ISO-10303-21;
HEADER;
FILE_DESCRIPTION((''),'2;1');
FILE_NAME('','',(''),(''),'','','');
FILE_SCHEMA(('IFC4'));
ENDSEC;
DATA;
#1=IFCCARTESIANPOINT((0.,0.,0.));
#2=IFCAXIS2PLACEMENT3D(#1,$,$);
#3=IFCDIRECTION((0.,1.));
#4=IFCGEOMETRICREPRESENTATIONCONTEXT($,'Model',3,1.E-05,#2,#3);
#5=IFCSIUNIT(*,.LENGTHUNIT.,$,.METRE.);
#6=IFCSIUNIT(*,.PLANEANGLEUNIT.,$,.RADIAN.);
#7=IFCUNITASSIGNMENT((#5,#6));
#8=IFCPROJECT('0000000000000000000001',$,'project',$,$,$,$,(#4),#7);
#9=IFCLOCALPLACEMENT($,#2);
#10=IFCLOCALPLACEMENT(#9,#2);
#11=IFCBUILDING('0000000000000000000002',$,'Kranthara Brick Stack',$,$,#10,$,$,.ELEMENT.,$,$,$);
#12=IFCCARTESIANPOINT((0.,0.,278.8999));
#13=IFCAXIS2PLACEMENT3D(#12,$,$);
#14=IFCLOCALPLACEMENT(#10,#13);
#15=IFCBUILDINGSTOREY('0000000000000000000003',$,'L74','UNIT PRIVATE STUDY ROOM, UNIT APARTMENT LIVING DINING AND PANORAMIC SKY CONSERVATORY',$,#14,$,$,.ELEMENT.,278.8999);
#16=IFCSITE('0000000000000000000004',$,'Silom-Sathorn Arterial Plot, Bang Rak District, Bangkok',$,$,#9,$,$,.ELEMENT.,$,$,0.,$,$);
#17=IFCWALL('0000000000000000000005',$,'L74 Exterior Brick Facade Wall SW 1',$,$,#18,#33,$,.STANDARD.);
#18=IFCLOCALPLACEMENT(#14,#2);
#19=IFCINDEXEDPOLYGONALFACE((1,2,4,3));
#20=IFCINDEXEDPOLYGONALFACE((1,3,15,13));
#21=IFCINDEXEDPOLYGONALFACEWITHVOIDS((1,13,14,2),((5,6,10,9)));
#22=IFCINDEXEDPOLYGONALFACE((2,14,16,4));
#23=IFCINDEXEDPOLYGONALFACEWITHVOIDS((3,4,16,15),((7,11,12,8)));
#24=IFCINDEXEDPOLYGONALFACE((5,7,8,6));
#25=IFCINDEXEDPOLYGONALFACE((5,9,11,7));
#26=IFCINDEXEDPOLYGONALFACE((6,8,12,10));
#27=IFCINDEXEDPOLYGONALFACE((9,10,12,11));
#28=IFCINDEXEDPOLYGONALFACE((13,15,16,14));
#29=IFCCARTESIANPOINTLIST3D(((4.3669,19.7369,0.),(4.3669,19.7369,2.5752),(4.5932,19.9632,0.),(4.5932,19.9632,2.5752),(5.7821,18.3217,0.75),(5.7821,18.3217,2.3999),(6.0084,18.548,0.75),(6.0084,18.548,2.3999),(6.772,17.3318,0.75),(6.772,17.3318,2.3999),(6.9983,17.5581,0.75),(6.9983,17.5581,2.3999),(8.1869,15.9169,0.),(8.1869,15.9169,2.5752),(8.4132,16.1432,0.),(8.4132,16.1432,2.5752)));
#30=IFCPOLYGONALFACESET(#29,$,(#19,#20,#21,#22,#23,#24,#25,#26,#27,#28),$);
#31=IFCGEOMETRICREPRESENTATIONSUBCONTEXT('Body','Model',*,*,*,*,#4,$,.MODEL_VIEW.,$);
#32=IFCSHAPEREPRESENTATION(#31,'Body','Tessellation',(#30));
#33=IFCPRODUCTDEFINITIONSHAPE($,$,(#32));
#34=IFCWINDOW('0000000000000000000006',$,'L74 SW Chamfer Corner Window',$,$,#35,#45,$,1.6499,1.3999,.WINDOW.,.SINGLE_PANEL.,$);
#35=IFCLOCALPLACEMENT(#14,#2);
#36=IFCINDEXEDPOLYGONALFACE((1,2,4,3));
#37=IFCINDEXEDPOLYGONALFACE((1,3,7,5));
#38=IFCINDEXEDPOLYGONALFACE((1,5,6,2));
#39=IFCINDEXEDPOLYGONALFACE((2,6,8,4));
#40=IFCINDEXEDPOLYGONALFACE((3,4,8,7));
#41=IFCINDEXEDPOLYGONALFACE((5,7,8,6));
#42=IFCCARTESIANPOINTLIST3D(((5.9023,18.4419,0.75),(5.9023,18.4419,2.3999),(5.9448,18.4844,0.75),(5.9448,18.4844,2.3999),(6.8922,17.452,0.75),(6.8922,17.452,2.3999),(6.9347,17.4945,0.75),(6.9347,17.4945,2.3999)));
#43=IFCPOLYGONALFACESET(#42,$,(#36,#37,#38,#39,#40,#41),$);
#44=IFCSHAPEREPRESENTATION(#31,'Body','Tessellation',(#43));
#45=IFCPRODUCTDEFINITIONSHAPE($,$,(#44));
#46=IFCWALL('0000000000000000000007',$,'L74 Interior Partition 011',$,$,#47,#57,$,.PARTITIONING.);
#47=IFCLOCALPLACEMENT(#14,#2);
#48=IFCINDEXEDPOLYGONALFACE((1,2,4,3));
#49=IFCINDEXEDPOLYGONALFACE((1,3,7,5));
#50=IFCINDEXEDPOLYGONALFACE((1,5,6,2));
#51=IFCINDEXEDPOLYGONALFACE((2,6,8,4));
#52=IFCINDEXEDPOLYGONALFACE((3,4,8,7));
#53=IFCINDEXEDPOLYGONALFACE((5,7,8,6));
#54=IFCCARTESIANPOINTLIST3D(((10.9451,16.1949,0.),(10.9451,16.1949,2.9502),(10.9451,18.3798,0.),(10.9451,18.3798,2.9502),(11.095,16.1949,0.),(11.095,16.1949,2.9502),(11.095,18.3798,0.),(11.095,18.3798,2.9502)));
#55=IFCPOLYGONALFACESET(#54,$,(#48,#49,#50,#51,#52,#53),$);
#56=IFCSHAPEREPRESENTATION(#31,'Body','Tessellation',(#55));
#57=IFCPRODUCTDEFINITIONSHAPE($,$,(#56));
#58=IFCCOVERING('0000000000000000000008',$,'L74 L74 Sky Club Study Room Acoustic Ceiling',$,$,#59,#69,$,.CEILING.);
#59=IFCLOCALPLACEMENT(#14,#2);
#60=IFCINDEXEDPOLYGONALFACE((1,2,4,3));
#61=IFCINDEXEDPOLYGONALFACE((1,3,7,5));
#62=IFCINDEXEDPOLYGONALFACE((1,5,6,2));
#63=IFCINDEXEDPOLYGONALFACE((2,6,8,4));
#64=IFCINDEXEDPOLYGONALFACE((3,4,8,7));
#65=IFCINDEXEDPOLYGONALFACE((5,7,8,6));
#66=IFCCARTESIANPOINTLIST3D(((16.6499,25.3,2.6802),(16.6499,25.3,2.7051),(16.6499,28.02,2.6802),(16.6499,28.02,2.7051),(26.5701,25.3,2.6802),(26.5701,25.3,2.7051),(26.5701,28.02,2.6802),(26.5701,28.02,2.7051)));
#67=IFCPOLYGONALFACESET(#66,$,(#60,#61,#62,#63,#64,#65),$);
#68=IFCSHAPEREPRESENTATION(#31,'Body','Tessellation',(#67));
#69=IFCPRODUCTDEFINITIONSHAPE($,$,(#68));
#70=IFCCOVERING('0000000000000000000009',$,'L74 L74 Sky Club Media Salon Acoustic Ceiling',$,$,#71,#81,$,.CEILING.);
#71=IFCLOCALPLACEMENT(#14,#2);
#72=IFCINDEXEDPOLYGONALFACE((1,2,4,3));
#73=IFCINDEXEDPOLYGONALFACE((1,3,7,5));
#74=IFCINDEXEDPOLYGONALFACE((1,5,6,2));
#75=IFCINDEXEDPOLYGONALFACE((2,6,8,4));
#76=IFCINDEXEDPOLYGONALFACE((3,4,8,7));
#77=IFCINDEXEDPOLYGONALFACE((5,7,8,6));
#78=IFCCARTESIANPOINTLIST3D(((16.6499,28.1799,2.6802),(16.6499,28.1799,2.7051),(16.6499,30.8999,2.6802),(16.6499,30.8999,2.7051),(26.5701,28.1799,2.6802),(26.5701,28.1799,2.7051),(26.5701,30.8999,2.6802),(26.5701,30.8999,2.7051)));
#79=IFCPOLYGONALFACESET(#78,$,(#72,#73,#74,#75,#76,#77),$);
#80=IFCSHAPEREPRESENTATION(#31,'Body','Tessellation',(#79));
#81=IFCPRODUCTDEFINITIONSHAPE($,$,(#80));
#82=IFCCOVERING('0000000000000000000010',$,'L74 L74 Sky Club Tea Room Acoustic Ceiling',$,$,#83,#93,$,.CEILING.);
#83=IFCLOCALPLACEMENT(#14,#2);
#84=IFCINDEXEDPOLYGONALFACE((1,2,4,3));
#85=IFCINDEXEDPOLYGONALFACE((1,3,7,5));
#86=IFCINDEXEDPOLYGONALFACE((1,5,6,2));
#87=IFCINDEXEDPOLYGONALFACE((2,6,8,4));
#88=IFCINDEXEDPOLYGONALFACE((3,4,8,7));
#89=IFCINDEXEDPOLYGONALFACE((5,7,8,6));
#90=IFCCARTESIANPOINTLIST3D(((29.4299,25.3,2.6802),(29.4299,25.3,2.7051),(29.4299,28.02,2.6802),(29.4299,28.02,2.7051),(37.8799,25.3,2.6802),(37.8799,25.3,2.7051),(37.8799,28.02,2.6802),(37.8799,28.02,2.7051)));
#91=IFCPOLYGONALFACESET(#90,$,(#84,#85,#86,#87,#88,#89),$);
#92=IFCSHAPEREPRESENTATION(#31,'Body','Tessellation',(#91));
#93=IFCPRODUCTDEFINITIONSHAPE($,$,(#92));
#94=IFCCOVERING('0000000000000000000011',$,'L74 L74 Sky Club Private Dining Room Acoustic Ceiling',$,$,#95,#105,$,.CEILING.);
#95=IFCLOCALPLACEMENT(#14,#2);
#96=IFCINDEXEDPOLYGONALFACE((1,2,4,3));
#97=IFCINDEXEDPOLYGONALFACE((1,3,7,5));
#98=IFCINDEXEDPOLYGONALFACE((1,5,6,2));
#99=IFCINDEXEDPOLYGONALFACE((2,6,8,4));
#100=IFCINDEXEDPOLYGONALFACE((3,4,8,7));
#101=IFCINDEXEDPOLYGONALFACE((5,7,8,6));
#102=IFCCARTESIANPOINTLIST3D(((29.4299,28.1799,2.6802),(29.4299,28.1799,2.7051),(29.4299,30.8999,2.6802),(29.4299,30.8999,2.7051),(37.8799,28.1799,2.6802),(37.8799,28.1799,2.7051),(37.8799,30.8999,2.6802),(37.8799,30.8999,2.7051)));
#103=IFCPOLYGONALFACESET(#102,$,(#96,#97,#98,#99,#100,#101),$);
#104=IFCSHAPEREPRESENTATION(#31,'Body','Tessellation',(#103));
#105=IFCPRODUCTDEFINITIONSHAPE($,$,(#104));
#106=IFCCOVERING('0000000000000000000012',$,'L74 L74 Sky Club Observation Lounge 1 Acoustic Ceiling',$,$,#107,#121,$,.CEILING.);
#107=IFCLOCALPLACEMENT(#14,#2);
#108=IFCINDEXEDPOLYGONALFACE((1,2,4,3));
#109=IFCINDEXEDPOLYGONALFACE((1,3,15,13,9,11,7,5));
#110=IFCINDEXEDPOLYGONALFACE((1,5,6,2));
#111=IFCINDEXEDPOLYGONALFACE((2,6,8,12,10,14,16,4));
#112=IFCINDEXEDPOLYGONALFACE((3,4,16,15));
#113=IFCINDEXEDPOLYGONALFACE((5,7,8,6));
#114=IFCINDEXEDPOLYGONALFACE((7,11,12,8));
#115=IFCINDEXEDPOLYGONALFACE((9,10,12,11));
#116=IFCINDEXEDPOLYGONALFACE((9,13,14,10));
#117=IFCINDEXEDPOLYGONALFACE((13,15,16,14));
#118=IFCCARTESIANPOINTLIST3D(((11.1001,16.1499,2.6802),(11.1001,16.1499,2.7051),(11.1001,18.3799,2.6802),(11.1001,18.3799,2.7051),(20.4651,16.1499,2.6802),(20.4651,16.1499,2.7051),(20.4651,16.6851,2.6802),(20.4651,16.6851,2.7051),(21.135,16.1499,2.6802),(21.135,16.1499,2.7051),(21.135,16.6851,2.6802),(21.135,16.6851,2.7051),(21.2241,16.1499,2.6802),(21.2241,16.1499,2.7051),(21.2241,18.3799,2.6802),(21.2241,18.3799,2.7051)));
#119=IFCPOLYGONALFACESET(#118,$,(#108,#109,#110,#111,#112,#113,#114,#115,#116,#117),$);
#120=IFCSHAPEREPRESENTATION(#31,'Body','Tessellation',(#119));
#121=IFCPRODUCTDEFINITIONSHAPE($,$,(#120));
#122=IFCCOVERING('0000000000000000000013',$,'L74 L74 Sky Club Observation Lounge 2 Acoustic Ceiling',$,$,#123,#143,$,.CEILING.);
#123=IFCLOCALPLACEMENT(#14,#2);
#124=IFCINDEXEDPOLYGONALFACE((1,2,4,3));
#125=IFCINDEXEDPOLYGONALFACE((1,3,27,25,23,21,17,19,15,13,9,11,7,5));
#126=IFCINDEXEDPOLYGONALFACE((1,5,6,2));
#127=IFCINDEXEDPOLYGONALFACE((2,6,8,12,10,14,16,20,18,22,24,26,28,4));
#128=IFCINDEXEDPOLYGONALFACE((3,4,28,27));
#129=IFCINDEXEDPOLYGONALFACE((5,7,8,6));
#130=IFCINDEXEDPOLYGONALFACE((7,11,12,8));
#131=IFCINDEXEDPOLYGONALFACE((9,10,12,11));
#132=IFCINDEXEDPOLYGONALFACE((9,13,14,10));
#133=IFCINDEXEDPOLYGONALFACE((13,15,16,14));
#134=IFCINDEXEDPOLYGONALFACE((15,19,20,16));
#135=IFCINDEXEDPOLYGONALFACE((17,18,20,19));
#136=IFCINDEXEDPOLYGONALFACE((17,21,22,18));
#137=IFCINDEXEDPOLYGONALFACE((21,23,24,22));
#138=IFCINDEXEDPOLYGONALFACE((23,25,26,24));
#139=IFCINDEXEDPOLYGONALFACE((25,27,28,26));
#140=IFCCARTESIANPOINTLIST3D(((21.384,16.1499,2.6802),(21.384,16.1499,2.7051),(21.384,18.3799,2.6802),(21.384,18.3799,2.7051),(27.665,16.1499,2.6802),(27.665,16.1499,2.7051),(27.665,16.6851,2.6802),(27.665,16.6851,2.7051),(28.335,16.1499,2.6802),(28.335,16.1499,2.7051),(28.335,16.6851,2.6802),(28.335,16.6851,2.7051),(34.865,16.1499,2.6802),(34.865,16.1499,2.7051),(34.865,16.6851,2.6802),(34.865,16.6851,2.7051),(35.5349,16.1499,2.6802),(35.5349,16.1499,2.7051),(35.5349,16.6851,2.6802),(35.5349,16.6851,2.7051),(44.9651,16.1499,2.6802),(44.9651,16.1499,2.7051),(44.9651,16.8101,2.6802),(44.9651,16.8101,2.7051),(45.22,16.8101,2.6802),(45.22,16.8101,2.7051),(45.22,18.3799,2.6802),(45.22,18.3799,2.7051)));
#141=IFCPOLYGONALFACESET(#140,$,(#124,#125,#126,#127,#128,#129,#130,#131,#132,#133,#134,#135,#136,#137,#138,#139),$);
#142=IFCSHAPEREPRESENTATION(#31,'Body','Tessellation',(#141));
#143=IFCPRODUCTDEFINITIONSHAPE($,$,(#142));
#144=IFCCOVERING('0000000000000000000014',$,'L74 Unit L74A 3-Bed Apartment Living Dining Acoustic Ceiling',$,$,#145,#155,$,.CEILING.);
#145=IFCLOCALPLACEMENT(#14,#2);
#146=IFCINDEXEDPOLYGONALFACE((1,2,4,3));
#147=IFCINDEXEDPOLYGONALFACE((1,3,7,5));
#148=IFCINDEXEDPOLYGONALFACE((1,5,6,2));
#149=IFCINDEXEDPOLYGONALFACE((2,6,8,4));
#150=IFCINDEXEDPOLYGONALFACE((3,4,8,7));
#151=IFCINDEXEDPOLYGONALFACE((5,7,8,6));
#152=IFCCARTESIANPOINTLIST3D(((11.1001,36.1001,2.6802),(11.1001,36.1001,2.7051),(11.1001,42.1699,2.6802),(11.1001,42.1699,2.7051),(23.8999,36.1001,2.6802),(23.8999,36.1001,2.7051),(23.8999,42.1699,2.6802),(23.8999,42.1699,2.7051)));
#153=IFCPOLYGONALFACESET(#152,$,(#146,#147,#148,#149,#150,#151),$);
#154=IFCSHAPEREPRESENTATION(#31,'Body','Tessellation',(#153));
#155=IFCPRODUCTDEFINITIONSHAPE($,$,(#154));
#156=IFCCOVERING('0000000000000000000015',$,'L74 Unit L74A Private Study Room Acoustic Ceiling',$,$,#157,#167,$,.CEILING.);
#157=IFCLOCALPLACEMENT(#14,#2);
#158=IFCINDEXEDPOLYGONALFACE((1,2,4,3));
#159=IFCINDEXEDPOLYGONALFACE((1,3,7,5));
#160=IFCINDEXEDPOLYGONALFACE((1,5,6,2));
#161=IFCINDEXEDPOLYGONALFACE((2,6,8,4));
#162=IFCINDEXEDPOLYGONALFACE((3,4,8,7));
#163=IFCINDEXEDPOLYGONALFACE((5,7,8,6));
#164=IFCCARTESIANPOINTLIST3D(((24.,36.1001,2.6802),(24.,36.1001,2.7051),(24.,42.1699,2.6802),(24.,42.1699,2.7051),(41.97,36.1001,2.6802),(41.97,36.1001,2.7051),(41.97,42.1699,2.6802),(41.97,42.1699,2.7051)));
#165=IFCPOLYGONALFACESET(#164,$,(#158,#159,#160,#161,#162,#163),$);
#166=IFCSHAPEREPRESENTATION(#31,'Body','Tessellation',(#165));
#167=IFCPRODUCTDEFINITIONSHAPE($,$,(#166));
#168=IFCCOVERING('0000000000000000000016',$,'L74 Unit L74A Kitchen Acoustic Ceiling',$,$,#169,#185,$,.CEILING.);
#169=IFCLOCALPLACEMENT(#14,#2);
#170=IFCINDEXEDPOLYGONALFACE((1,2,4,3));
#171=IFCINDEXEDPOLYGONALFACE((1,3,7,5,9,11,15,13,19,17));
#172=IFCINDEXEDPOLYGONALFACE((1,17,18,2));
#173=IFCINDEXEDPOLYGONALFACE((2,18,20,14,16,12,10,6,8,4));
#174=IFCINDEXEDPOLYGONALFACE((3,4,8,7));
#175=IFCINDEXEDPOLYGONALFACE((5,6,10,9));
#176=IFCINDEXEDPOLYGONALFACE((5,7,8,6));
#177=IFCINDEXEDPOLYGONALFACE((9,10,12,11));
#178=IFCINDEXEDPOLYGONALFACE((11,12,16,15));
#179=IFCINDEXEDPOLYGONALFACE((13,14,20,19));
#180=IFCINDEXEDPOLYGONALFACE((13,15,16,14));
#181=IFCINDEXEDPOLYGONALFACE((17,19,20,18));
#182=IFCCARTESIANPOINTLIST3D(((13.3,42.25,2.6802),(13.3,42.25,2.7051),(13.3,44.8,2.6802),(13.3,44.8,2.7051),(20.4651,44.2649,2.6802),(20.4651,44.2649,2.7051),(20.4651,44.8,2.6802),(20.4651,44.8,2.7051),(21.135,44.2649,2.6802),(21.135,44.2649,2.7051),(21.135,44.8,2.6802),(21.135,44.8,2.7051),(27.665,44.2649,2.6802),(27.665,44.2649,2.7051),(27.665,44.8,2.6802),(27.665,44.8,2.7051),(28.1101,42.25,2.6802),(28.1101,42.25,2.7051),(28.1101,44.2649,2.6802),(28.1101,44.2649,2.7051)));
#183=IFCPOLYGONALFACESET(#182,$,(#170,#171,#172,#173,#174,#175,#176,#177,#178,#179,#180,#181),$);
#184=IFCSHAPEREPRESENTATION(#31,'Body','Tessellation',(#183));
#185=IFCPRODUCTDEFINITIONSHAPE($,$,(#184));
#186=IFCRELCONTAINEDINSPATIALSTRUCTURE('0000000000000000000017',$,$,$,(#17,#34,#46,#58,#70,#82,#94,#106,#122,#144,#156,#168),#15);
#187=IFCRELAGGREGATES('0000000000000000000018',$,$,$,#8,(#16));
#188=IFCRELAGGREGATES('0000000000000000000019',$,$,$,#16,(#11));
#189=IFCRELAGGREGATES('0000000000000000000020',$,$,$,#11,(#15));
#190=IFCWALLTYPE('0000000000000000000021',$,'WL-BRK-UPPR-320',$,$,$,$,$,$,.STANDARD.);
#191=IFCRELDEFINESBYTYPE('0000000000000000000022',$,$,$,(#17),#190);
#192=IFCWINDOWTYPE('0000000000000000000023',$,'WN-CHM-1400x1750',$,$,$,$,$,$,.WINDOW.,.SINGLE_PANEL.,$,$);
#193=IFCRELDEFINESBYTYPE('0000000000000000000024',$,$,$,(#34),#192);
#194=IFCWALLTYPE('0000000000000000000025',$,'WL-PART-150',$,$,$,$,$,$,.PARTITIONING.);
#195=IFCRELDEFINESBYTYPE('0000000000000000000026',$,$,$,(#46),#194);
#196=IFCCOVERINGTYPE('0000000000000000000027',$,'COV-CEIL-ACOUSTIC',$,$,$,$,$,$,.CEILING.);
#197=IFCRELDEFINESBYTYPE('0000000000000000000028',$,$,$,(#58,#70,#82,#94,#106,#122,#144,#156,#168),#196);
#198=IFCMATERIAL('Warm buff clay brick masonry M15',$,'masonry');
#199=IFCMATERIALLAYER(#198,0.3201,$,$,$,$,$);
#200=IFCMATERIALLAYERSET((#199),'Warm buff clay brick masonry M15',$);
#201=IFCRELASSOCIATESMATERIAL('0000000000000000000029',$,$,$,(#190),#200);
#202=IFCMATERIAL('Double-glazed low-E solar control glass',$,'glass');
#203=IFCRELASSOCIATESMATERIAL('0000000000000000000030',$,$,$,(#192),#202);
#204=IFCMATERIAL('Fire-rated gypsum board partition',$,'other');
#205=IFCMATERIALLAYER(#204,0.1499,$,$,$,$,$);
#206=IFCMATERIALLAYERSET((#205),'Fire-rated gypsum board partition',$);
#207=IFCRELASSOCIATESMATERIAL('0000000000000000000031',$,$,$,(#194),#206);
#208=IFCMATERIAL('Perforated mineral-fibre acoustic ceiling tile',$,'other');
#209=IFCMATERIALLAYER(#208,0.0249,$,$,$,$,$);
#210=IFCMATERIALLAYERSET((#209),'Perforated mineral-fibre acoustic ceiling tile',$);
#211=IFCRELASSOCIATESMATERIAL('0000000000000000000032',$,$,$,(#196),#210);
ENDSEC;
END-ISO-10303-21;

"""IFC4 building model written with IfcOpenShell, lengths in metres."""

from ifc_helpers import new_model, si_unit, direction, frame, frame_2d, origin, place, context, subcontext, project, spatial, polyline, rectangle, outline, extrude, material, layer, layer_set, type_object, element, fill, save


model = new_model("IFC4")

# Units and contexts
model_context = context("Model", 3, precision=1e-05, world=origin(), true_north=direction((0.0, 1.0)))
body_context = subcontext(model_context, "Body", "Model", "MODEL_VIEW")
ifc_project = project(units=[si_unit("LENGTHUNIT", "METRE"), si_unit("PLANEANGLEUNIT", "RADIAN")], contexts=[model_context])

# Site, building, storey
site_placement = place(None, origin())
site = spatial("IfcSite", under=ifc_project, at=site_placement, Name="Silom-Sathorn Arterial Plot, Bang Rak District, Bangkok", CompositionType="ELEMENT", RefElevation=0.0)
building_placement = place(site_placement, origin())
building = spatial("IfcBuilding", under=site, at=building_placement, Name="Kranthara Brick Stack", CompositionType="ELEMENT")
storey_placement = place(building_placement, frame((0.0, 0.0, 278.8999)))
storey = spatial("IfcBuildingStorey", under=building, at=storey_placement, Name="L74", Description="UNIT PRIVATE STUDY ROOM, UNIT APARTMENT LIVING DINING AND PANORAMIC SKY CONSERVATORY", CompositionType="ELEMENT", Elevation=278.8999)

# Wall, opening, window
ifc_material_1 = material(Name="Warm buff clay brick masonry M15", Category="masonry")
ifc_layer_1 = layer(ifc_material_1, 0.3201)
ifc_layer_set_1 = layer_set([ifc_layer_1], Name="Warm buff clay brick masonry M15")
wall_type_1 = type_object("IfcWallType", Name="WL-BRK-UPPR-320", PredefinedType="STANDARD", material=ifc_layer_set_1)
wall_1_placement = place(storey_placement, frame((8.3, 16.03, 0.0), z_axis=(0.0, 0.0, 1.0), x_axis=(-0.707107, 0.707107, 0.0)))
wall_1 = element("IfcWall", 1, at=wall_1_placement, inside=storey, type_object=wall_type_1, Name="L74 Exterior Brick Facade Wall SW 1", PredefinedType="STANDARD", context=body_context, shape_type="SweptSolid", body=[
    extrude(rectangle(XDim=5.4023, YDim=0.3201, at=frame_2d((2.7012, 0.0))), origin(), (0.0, 0.0, 1.0), 2.5752),
])
opening_placement = place(wall_1_placement, frame((2.001, 0.0, 0.75)))
opening = element("IfcOpeningElement", 2, at=opening_placement, cuts=wall_1, PredefinedType="OPENING", context=body_context, shape_type="SweptSolid", body=[
    extrude(rectangle(XDim=1.3999, YDim=1.6499, at=frame_2d((0.7, 0.825))), frame((0.0, 0.1699, 0.0), z_axis=(0.0, -1.0, 0.0), x_axis=(1.0, 0.0, 0.0)), (0.0, 0.0, 1.0), 0.3401),
])
ifc_material_2 = material(Name="Double-glazed low-E solar control glass", Category="glass")
window_type = type_object("IfcWindowType", Name="WN-CHM-1400x1750", PartitioningType="SINGLE_PANEL", PredefinedType="WINDOW", material=ifc_material_2)
window_placement = place(opening_placement, origin())
window = element("IfcWindow", 3, at=window_placement, inside=storey, type_object=window_type, Name="L74 SW Chamfer Corner Window", OverallHeight=1.6499, OverallWidth=1.3999, PartitioningType="SINGLE_PANEL", PredefinedType="WINDOW", context=body_context, shape_type="SweptSolid", body=[
    extrude(rectangle(XDim=1.3999, YDim=1.6499, at=frame_2d((0.7, 0.825))), frame((0.0, -0.01, 0.0), z_axis=(0.0, -1.0, 0.0), x_axis=(1.0, 0.0, 0.0)), (0.0, 0.0, 1.0), 0.0601),
])
fill(opening, window)

# Wall
ifc_material_3 = material(Name="Fire-rated gypsum board partition", Category="other")
ifc_layer_2 = layer(ifc_material_3, 0.1499)
ifc_layer_set_2 = layer_set([ifc_layer_2], Name="Fire-rated gypsum board partition")
wall_type_2 = type_object("IfcWallType", Name="WL-PART-150", PredefinedType="PARTITIONING", material=ifc_layer_set_2)
wall_2_placement = place(storey_placement, frame((11.02, 16.1951, 0.0), z_axis=(0.0, 0.0, 1.0), x_axis=(0.0, 1.0, 0.0)))
element("IfcWall", 4, at=wall_2_placement, inside=storey, type_object=wall_type_2, Name="L74 Interior Partition 011", PredefinedType="PARTITIONING", context=body_context, shape_type="SweptSolid", body=[
    extrude(rectangle(XDim=2.1848, YDim=0.1499, at=frame_2d((1.0923, 0.0))), origin(), (0.0, 0.0, 1.0), 2.9502),
])

# Coverings
ifc_material_4 = material(Name="Perforated mineral-fibre acoustic ceiling tile", Category="other")
ifc_layer_3 = layer(ifc_material_4, 0.0249)
ifc_layer_set_3 = layer_set([ifc_layer_3], Name="Perforated mineral-fibre acoustic ceiling tile")
covering_type_1 = type_object("IfcCoveringType", Name="COV-CEIL-ACOUSTIC", PredefinedType="CEILING", material=ifc_layer_set_3)
covering_1_placement = place(storey_placement, frame((0.0, 0.0, 2.6802)))
element("IfcCovering", 5, at=covering_1_placement, inside=storey, type_object=covering_type_1, Name="L74 L74 Sky Club Study Room Acoustic Ceiling", PredefinedType="CEILING", context=body_context, shape_type="SweptSolid", body=[
    extrude(outline(polyline([(26.5701, 25.3), (26.5701, 28.02), (16.6499, 28.02), (16.6499, 25.3), (26.5701, 25.3)])), origin(), (0.0, 0.0, 1.0), 0.0249),
])
covering_2_placement = place(storey_placement, frame((0.0, 0.0, 2.6802)))
element("IfcCovering", 6, at=covering_2_placement, inside=storey, type_object=covering_type_1, Name="L74 L74 Sky Club Media Salon Acoustic Ceiling", PredefinedType="CEILING", context=body_context, shape_type="SweptSolid", body=[
    extrude(outline(polyline([(26.5701, 28.1799), (26.5701, 30.8999), (16.6499, 30.8999), (16.6499, 28.1799), (26.5701, 28.1799)])), origin(), (0.0, 0.0, 1.0), 0.0249),
])
covering_3_placement = place(storey_placement, frame((0.0, 0.0, 2.6802)))
element("IfcCovering", 7, at=covering_3_placement, inside=storey, type_object=covering_type_1, Name="L74 L74 Sky Club Tea Room Acoustic Ceiling", PredefinedType="CEILING", context=body_context, shape_type="SweptSolid", body=[
    extrude(outline(polyline([(37.8799, 25.3), (37.8799, 28.02), (29.4299, 28.02), (29.4299, 25.3), (37.8799, 25.3)])), origin(), (0.0, 0.0, 1.0), 0.0249),
])
covering_4_placement = place(storey_placement, frame((0.0, 0.0, 2.6802)))
element("IfcCovering", 8, at=covering_4_placement, inside=storey, type_object=covering_type_1, Name="L74 L74 Sky Club Private Dining Room Acoustic Ceiling", PredefinedType="CEILING", context=body_context, shape_type="SweptSolid", body=[
    extrude(outline(polyline([(37.8799, 28.1799), (37.8799, 30.8999), (29.4299, 30.8999), (29.4299, 28.1799), (37.8799, 28.1799)])), origin(), (0.0, 0.0, 1.0), 0.0249),
])
covering_5_placement = place(storey_placement, frame((0.0, 0.0, 2.6802)))
element("IfcCovering", 9, at=covering_5_placement, inside=storey, type_object=covering_type_1, Name="L74 L74 Sky Club Observation Lounge 1 Acoustic Ceiling", PredefinedType="CEILING", context=body_context, shape_type="SweptSolid", body=[
    extrude(outline(polyline([(11.1001, 16.1499), (11.1001, 18.3799), (21.2241, 18.3799), (21.2241, 16.1499), (21.135, 16.1499), (21.135, 16.6851), (20.4651, 16.6851), (20.4651, 16.1499), (11.1001, 16.1499)])), origin(), (0.0, 0.0, 1.0), 0.0249),
])
covering_6_placement = place(storey_placement, frame((0.0, 0.0, 2.6802)))
element("IfcCovering", 10, at=covering_6_placement, inside=storey, type_object=covering_type_1, Name="L74 L74 Sky Club Observation Lounge 2 Acoustic Ceiling", PredefinedType="CEILING", context=body_context, shape_type="SweptSolid", body=[
    extrude(outline(polyline([(45.22, 18.3799), (45.22, 16.8101), (44.9651, 16.8101), (44.9651, 16.1499), (35.5349, 16.1499), (35.5349, 16.6851), (34.865, 16.6851), (34.865, 16.1499), (28.335, 16.1499), (28.335, 16.6851), (27.665, 16.6851), (27.665, 16.1499), (21.384, 16.1499), (21.384, 18.3799), (45.22, 18.3799)])), origin(), (0.0, 0.0, 1.0), 0.0249),
])
covering_7_placement = place(storey_placement, frame((0.0, 0.0, 2.6802)))
element("IfcCovering", 11, at=covering_7_placement, inside=storey, type_object=covering_type_1, Name="L74 Unit L74A 3-Bed Apartment Living Dining Acoustic Ceiling", PredefinedType="CEILING", context=body_context, shape_type="SweptSolid", body=[
    extrude(outline(polyline([(23.8999, 36.1001), (23.8999, 42.1699), (11.1001, 42.1699), (11.1001, 36.1001), (23.8999, 36.1001)])), origin(), (0.0, 0.0, 1.0), 0.0249),
])
covering_8_placement = place(storey_placement, frame((0.0, 0.0, 2.6802)))
element("IfcCovering", 12, at=covering_8_placement, inside=storey, type_object=covering_type_1, Name="L74 Unit L74A Private Study Room Acoustic Ceiling", PredefinedType="CEILING", context=body_context, shape_type="SweptSolid", body=[
    extrude(outline(polyline([(41.97, 36.1001), (41.97, 42.1699), (24.0, 42.1699), (24.0, 36.1001), (41.97, 36.1001)])), origin(), (0.0, 0.0, 1.0), 0.0249),
])
covering_9_placement = place(storey_placement, frame((0.0, 0.0, 2.6802)))
element("IfcCovering", 13, at=covering_9_placement, inside=storey, type_object=covering_type_1, Name="L74 Unit L74A Kitchen Acoustic Ceiling", PredefinedType="CEILING", context=body_context, shape_type="SweptSolid", body=[
    extrude(outline(polyline([(28.1101, 42.25), (13.3, 42.25), (13.3, 44.8), (20.4651, 44.8), (20.4651, 44.2649), (21.135, 44.2649), (21.135, 44.8), (27.665, 44.8), (27.665, 44.2649), (28.1101, 44.2649), (28.1101, 42.25)])), origin(), (0.0, 0.0, 1.0), 0.0249),
])

save(model, "model.ifc")
